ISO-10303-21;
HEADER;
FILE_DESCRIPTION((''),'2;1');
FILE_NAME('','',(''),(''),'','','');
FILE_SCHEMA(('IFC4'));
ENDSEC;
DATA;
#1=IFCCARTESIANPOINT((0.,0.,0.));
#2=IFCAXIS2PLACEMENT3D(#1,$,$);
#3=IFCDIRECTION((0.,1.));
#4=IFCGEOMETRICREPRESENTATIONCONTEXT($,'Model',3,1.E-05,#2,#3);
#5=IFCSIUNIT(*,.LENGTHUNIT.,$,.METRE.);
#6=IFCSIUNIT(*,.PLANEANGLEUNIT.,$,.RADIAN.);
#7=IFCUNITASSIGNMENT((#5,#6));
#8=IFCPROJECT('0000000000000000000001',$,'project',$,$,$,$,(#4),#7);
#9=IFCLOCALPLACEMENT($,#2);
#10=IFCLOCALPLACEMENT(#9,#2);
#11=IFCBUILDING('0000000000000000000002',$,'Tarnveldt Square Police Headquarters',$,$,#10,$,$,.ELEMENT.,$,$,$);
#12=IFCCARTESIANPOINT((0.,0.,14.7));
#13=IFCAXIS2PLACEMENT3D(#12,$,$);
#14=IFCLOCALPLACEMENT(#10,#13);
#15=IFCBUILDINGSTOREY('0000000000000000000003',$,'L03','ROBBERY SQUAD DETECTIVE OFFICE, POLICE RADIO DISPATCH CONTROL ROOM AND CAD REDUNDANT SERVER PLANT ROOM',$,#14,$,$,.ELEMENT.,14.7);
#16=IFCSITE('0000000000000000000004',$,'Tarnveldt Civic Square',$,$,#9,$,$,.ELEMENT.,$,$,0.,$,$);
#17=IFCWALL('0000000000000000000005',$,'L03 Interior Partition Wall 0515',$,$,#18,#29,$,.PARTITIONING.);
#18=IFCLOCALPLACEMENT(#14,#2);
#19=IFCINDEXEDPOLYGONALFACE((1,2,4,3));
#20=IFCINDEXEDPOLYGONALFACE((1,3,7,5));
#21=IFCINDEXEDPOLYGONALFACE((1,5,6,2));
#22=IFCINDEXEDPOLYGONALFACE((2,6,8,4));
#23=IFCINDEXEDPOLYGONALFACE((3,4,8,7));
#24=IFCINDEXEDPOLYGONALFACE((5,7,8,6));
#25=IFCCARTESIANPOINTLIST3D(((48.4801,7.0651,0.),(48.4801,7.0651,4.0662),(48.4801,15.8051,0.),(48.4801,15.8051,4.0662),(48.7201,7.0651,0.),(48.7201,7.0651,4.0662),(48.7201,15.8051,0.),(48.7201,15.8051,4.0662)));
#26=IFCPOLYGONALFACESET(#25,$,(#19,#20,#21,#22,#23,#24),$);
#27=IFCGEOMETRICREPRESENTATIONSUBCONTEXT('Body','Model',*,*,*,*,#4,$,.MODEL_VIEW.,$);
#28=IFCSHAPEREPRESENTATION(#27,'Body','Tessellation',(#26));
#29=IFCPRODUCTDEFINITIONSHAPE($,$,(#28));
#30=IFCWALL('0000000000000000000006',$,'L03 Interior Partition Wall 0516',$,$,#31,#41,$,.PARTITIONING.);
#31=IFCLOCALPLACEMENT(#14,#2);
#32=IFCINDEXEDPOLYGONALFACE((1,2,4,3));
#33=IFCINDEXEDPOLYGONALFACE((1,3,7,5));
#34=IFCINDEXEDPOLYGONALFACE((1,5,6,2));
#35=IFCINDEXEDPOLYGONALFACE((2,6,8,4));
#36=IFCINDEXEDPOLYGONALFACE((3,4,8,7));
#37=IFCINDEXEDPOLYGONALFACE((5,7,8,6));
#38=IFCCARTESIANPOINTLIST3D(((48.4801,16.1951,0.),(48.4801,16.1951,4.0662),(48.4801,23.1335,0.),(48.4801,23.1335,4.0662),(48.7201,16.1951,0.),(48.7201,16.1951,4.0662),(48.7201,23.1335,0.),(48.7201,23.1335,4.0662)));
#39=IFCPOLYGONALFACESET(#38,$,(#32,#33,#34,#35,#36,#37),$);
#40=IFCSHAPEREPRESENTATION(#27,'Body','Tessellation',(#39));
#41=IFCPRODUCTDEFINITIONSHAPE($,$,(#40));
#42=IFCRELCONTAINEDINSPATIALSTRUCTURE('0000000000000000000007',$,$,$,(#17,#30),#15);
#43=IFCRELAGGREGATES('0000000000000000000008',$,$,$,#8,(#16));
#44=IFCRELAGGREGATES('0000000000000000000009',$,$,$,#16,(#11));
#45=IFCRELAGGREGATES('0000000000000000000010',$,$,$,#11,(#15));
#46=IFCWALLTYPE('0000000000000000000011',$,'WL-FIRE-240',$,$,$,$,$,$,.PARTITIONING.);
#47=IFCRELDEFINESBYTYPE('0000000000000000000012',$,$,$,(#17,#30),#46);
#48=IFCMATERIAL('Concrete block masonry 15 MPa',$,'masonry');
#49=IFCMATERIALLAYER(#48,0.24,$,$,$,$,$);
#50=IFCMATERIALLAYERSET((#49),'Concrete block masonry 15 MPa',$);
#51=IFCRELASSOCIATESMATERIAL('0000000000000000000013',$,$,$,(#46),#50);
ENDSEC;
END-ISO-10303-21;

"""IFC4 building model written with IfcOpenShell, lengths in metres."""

from ifc_helpers import new_model, si_unit, direction, frame, frame_2d, origin, place, context, subcontext, project, spatial, rectangle, extrude, material, layer, layer_set, type_object, element, save


model = new_model("IFC4")

# Units and contexts
model_context = context("Model", 3, precision=1e-05, world=origin(), true_north=direction((0.0, 1.0)))
body_context = subcontext(model_context, "Body", "Model", "MODEL_VIEW")
ifc_project = project(units=[si_unit("LENGTHUNIT", "METRE"), si_unit("PLANEANGLEUNIT", "RADIAN")], contexts=[model_context])

# Site, building, storey
site_placement = place(None, origin())
site = spatial("IfcSite", under=ifc_project, at=site_placement, Name="Tarnveldt Civic Square", CompositionType="ELEMENT", RefElevation=0.0)
building_placement = place(site_placement, origin())
building = spatial("IfcBuilding", under=site, at=building_placement, Name="Tarnveldt Square Police Headquarters", CompositionType="ELEMENT")
storey_placement = place(building_placement, frame((0.0, 0.0, 14.7)))
storey = spatial("IfcBuildingStorey", under=building, at=storey_placement, Name="L03", Description="ROBBERY SQUAD DETECTIVE OFFICE, POLICE RADIO DISPATCH CONTROL ROOM AND CAD REDUNDANT SERVER PLANT ROOM", CompositionType="ELEMENT", Elevation=14.7)

# Walls
ifc_material_1 = material(Name="Concrete block masonry 15 MPa", Category="masonry")
ifc_layer_1 = layer(ifc_material_1, 0.24)
ifc_layer_set_1 = layer_set([ifc_layer_1], Name="Concrete block masonry 15 MPa")
wall_type = type_object("IfcWallType", Name="WL-FIRE-240", PredefinedType="PARTITIONING", material=ifc_layer_set_1)
wall_1_placement = place(storey_placement, frame((48.6001, 7.0649, 0.0), z_axis=(0.0, 0.0, 1.0), x_axis=(0.0, 1.0, 0.0)))
element("IfcWall", 1, at=wall_1_placement, inside=storey, type_object=wall_type, Name="L03 Interior Partition Wall 0515", PredefinedType="PARTITIONING", context=body_context, shape_type="SweptSolid", body=[
    extrude(rectangle(XDim=8.74, YDim=0.24, at=frame_2d((4.3701, 0.0))), origin(), (0.0, 0.0, 1.0), 4.0662),
])
wall_2_placement = place(storey_placement, frame((48.6001, 16.1951, 0.0), z_axis=(0.0, 0.0, 1.0), x_axis=(0.0, 1.0, 0.0)))
element("IfcWall", 2, at=wall_2_placement, inside=storey, type_object=wall_type, Name="L03 Interior Partition Wall 0516", PredefinedType="PARTITIONING", context=body_context, shape_type="SweptSolid", body=[
    extrude(rectangle(XDim=6.9385, YDim=0.24, at=frame_2d((3.4692, 0.0))), origin(), (0.0, 0.0, 1.0), 4.0662),
])

save(model, "model.ifc")
